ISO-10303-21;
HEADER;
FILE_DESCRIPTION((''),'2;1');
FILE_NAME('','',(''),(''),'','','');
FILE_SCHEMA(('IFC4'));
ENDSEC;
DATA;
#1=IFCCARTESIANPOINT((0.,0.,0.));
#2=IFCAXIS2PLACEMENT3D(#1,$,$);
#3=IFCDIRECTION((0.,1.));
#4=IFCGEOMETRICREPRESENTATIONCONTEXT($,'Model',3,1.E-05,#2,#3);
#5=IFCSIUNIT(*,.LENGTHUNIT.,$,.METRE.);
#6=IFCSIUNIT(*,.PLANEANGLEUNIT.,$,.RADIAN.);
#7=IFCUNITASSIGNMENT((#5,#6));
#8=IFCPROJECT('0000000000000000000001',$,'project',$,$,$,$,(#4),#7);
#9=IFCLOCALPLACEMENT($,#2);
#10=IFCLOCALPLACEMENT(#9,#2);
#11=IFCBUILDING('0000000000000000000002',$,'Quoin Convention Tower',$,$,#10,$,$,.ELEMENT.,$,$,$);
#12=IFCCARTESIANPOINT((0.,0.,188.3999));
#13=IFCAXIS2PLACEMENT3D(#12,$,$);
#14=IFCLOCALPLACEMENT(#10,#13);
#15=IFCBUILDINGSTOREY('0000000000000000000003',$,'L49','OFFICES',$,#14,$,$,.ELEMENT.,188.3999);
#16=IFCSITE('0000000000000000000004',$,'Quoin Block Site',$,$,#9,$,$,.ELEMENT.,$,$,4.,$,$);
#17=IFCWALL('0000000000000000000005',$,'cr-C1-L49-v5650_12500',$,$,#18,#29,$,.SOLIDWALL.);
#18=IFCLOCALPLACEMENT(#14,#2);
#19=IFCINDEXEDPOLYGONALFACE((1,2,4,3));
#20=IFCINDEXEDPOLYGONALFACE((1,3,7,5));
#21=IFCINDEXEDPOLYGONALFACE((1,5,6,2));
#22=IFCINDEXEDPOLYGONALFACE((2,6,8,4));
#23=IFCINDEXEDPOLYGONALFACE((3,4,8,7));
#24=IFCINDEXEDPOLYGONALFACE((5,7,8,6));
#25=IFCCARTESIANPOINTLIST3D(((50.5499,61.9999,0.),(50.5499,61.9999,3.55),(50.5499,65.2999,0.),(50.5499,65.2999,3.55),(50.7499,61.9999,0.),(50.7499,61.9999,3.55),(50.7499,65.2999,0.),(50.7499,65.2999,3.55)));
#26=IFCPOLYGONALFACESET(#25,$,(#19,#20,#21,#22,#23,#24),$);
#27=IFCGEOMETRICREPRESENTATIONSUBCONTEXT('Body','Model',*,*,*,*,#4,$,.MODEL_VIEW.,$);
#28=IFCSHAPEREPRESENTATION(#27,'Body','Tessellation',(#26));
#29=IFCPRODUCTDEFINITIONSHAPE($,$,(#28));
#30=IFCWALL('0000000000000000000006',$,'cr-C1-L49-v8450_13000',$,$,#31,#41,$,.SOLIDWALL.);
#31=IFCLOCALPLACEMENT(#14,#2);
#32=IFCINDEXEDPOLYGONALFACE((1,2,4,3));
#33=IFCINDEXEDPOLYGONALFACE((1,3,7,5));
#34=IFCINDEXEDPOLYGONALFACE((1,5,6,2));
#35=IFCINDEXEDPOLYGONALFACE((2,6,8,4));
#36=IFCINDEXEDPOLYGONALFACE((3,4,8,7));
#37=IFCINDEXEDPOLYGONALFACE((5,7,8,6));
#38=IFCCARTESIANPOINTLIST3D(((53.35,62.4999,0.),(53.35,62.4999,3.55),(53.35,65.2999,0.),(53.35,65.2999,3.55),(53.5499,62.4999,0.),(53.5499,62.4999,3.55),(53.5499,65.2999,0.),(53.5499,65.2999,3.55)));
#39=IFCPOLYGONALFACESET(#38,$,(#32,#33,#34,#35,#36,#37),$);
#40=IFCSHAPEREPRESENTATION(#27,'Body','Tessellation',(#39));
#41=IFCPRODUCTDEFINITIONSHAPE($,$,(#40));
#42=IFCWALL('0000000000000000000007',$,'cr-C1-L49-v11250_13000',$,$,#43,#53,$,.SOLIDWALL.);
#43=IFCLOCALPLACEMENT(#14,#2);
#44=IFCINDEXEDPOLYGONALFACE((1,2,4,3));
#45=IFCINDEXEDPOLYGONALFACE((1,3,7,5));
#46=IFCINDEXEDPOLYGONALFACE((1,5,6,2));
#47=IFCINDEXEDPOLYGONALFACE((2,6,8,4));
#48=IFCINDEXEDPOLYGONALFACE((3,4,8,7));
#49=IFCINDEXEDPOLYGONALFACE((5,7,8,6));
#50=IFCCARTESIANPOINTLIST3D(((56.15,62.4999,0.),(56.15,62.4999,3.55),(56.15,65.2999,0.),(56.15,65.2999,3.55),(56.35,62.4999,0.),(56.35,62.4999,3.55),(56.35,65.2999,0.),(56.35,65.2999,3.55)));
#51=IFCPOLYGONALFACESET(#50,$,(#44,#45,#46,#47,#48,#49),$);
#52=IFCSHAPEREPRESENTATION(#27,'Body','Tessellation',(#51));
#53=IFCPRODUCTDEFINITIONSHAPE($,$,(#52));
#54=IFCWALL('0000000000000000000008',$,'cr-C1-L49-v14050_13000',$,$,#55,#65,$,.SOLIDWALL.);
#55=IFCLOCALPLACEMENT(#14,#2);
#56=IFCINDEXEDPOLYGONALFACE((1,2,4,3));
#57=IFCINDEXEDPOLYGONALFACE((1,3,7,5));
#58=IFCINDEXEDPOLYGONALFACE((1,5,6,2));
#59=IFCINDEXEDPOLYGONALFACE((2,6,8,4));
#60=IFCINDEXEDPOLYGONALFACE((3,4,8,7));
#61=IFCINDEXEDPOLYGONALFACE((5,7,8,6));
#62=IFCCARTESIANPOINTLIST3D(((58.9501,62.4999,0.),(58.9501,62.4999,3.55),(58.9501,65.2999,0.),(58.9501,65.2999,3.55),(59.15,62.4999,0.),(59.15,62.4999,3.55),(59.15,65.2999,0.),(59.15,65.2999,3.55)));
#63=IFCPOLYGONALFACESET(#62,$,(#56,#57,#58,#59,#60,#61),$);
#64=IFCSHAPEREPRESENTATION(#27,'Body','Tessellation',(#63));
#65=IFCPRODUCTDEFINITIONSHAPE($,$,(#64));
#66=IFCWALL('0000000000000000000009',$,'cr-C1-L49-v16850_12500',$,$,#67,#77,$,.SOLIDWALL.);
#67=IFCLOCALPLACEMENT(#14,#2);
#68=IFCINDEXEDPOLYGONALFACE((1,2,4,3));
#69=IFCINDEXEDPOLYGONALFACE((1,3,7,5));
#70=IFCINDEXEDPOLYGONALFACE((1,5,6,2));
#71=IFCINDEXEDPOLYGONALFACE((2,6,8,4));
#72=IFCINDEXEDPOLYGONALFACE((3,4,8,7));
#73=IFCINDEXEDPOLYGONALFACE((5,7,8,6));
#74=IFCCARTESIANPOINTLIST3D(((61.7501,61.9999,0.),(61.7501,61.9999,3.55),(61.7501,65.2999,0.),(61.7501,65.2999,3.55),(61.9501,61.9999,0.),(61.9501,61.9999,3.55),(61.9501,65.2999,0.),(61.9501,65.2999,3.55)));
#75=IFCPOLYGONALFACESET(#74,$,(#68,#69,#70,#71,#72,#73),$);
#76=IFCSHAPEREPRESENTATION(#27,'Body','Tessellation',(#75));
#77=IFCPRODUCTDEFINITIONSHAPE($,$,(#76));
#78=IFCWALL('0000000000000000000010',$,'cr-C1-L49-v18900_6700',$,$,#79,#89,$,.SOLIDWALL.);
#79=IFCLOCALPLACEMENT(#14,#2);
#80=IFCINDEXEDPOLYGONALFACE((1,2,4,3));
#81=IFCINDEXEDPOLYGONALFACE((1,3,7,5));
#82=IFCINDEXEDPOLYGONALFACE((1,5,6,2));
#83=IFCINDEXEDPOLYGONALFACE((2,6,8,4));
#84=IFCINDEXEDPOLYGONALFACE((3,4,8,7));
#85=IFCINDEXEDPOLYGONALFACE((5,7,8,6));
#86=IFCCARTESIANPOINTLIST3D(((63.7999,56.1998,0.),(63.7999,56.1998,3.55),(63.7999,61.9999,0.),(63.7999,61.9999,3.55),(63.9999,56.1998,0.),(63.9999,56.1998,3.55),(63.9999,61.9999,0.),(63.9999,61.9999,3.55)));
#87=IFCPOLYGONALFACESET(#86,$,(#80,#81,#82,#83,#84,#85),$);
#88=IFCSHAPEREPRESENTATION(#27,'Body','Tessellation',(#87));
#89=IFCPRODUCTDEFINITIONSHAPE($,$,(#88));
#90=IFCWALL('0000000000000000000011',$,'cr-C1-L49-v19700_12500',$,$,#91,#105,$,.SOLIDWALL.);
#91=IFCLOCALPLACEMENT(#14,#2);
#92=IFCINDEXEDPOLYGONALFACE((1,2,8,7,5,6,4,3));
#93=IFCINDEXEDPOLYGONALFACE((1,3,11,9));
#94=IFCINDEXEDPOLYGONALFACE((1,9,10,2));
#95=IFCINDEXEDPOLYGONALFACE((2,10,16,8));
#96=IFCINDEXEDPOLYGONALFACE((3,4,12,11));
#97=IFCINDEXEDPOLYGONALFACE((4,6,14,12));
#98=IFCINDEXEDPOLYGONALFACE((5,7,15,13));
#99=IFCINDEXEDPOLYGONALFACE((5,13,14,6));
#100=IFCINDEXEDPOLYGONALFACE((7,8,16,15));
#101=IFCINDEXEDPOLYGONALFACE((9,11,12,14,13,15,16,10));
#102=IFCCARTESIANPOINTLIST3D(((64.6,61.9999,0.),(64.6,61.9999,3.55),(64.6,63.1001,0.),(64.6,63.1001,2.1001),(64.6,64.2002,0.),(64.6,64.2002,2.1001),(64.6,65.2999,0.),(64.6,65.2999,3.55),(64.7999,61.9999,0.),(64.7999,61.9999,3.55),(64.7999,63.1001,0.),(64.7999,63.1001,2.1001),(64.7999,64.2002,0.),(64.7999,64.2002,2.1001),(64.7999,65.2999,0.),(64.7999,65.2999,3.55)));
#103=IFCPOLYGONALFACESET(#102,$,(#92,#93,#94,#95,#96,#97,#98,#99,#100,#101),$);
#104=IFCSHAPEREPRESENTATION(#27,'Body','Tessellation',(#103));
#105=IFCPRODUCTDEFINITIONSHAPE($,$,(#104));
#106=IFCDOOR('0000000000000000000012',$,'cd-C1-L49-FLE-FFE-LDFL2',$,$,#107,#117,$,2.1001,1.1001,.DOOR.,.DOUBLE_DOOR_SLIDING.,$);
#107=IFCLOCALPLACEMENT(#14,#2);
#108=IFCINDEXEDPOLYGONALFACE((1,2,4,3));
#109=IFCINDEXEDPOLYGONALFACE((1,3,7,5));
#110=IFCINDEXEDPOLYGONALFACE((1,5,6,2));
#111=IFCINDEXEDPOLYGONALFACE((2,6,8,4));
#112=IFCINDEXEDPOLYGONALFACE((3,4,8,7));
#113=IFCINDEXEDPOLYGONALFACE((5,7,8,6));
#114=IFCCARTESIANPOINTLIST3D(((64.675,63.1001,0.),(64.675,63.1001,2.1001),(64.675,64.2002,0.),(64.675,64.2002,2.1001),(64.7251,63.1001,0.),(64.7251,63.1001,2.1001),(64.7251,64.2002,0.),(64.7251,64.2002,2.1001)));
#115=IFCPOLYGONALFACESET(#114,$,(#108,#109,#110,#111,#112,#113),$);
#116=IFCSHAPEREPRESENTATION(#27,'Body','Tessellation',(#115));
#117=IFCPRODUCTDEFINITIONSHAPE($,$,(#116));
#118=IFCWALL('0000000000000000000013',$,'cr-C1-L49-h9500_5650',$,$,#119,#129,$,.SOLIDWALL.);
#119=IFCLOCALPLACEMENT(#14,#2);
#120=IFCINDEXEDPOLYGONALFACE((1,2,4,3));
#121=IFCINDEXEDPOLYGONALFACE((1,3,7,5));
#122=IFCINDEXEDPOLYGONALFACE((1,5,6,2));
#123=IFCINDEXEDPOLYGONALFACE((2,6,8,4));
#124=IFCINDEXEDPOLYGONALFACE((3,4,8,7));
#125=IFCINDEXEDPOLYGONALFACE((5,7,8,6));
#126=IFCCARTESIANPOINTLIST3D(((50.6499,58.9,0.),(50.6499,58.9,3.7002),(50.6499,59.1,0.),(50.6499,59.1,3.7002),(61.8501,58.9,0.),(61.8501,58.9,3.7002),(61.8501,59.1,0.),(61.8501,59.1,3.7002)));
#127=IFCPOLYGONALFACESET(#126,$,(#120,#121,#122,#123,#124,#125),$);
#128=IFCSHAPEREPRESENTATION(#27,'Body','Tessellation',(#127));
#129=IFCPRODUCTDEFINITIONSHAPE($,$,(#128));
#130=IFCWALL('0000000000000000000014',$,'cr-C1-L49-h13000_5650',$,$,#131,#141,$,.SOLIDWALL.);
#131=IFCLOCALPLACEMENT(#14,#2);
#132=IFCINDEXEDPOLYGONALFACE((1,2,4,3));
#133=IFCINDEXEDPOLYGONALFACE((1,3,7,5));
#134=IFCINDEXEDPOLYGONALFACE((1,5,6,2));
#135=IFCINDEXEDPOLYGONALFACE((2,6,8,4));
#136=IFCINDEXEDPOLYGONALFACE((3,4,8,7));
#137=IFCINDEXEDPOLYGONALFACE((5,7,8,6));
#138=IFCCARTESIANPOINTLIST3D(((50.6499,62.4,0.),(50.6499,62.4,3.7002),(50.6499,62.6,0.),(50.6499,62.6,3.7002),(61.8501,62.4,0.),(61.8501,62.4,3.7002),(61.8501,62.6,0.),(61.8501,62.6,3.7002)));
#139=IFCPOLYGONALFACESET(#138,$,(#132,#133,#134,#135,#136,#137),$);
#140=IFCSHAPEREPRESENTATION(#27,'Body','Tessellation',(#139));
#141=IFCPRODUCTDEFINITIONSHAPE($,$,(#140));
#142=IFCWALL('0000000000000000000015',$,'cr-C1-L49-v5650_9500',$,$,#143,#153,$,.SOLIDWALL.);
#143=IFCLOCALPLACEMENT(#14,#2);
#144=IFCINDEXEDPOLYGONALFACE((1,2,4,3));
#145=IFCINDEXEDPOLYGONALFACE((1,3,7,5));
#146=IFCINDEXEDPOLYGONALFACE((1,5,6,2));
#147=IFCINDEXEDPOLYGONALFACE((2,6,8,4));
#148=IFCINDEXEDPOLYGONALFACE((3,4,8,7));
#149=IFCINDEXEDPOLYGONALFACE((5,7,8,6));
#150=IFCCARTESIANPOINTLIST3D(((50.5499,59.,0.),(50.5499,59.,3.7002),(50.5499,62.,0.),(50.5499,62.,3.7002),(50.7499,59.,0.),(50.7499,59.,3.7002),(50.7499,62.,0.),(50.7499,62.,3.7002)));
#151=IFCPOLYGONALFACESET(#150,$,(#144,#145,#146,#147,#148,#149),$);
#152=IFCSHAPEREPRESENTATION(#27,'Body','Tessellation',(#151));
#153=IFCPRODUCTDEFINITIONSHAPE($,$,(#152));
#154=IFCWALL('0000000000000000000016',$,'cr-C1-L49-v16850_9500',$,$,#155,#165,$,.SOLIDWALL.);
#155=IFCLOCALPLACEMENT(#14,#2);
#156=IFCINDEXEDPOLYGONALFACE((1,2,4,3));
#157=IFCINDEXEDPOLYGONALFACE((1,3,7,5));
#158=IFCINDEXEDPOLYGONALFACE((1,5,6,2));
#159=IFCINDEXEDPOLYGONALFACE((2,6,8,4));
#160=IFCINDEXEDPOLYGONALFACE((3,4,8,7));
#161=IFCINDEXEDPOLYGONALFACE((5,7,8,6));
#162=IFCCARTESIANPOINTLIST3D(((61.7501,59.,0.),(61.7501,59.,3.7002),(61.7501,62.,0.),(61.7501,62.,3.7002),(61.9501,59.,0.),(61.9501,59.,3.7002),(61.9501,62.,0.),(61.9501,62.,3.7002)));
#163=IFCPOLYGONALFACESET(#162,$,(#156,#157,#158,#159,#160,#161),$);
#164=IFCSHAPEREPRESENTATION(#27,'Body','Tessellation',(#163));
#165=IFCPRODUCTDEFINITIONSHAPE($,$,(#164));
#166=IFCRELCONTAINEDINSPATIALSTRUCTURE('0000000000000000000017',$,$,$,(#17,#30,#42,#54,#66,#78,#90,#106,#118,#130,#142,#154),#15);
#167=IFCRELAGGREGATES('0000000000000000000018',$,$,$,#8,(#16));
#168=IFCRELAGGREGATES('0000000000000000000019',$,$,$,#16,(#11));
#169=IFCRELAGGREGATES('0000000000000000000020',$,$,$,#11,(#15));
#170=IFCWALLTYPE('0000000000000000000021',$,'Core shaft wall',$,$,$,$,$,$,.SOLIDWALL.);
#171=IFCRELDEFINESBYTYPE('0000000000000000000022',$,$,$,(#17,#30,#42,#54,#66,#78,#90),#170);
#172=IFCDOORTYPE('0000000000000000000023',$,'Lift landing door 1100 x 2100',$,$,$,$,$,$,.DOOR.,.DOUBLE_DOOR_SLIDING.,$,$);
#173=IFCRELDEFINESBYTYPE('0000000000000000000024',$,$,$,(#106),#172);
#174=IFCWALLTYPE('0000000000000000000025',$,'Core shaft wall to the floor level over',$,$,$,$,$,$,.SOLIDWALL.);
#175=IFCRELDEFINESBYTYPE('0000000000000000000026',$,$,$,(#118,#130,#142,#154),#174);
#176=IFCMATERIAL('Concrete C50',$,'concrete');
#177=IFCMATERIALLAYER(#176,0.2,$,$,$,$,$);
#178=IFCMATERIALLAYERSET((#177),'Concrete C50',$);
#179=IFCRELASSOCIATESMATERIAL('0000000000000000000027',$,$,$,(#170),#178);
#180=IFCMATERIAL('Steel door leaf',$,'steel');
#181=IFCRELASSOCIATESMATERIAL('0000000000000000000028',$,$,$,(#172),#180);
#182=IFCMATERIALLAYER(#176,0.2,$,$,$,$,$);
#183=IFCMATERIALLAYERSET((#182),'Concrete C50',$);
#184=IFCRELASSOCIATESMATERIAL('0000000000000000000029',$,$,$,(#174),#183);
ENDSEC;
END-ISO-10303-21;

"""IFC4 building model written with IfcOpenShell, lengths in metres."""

from ifc_helpers import new_model, si_unit, direction, frame, frame_2d, origin, place, context, subcontext, project, spatial, rectangle, extrude, material, layer, layer_set, type_object, element, fill, save


model = new_model("IFC4")

# Units and contexts
model_context = context("Model", 3, precision=1e-05, world=origin(), true_north=direction((0.0, 1.0)))
body_context = subcontext(model_context, "Body", "Model", "MODEL_VIEW")
ifc_project = project(units=[si_unit("LENGTHUNIT", "METRE"), si_unit("PLANEANGLEUNIT", "RADIAN")], contexts=[model_context])

# Site, building, storey
site_placement = place(None, origin())
site = spatial("IfcSite", under=ifc_project, at=site_placement, Name="Quoin Block Site", CompositionType="ELEMENT", RefElevation=4.0)
building_placement = place(site_placement, origin())
building = spatial("IfcBuilding", under=site, at=building_placement, Name="Quoin Convention Tower", CompositionType="ELEMENT")
storey_placement = place(building_placement, frame((0.0, 0.0, 188.3999)))
storey = spatial("IfcBuildingStorey", under=building, at=storey_placement, Name="L49", Description="OFFICES", CompositionType="ELEMENT", Elevation=188.3999)

# Walls
ifc_material_1 = material(Name="Concrete C50", Category="concrete")
ifc_layer_1 = layer(ifc_material_1, 0.2)
ifc_layer_set_1 = layer_set([ifc_layer_1], Name="Concrete C50")
wall_type_1 = type_object("IfcWallType", Name="Core shaft wall", PredefinedType="SOLIDWALL", material=ifc_layer_set_1)
wall_1_placement = place(storey_placement, frame((50.6499, 62.0, 0.0), z_axis=(0.0, 0.0, 1.0), x_axis=(0.0, 1.0, 0.0)))
element("IfcWall", 1, at=wall_1_placement, inside=storey, type_object=wall_type_1, Name="cr-C1-L49-v5650_12500", PredefinedType="SOLIDWALL", context=body_context, shape_type="SweptSolid", body=[
    extrude(rectangle(XDim=3.3, YDim=0.2, at=frame_2d((1.6499, 0.0))), origin(), (0.0, 0.0, 1.0), 3.55),
])
for number, where, z_axis, x_axis, name in (
    (2, (53.45, 62.5, 0.0), (0.0, 0.0, 1.0), (0.0, 1.0, 0.0), "cr-C1-L49-v8450_13000"),
    (3, (56.25, 62.5, 0.0), (0.0, 0.0, 1.0), (0.0, 1.0, 0.0), "cr-C1-L49-v11250_13000"),
    (4, (59.05, 62.5, 0.0), (0.0, 0.0, 1.0), (0.0, 1.0, 0.0), "cr-C1-L49-v14050_13000"),
):
    element("IfcWall", number, at=place(storey_placement, frame(where, z_axis=z_axis, x_axis=x_axis)), inside=storey, type_object=wall_type_1, Name=name, PredefinedType="SOLIDWALL", context=body_context, shape_type="SweptSolid", body=[
        extrude(rectangle(XDim=2.8, YDim=0.2, at=frame_2d((1.3999, 0.0))), origin(), (0.0, 0.0, 1.0), 3.55),
    ])
wall_2_placement = place(storey_placement, frame((61.8501, 62.0, 0.0), z_axis=(0.0, 0.0, 1.0), x_axis=(0.0, 1.0, 0.0)))
element("IfcWall", 5, at=wall_2_placement, inside=storey, type_object=wall_type_1, Name="cr-C1-L49-v16850_12500", PredefinedType="SOLIDWALL", context=body_context, shape_type="SweptSolid", body=[
    extrude(rectangle(XDim=3.3, YDim=0.2, at=frame_2d((1.6499, 0.0))), origin(), (0.0, 0.0, 1.0), 3.55),
])
wall_3_placement = place(storey_placement, frame((63.8999, 56.2, 0.0), z_axis=(0.0, 0.0, 1.0), x_axis=(0.0, 1.0, 0.0)))
element("IfcWall", 6, at=wall_3_placement, inside=storey, type_object=wall_type_1, Name="cr-C1-L49-v18900_6700", PredefinedType="SOLIDWALL", context=body_context, shape_type="SweptSolid", body=[
    extrude(rectangle(XDim=5.8, YDim=0.2, at=frame_2d((2.8999, 0.0))), origin(), (0.0, 0.0, 1.0), 3.55),
])

# Wall, opening, door
wall_4_placement = place(storey_placement, frame((64.7, 62.0, 0.0), z_axis=(0.0, 0.0, 1.0), x_axis=(0.0, 1.0, 0.0)))
wall_4 = element("IfcWall", 7, at=wall_4_placement, inside=storey, type_object=wall_type_1, Name="cr-C1-L49-v19700_12500", PredefinedType="SOLIDWALL", context=body_context, shape_type="SweptSolid", body=[
    extrude(rectangle(XDim=3.3, YDim=0.2, at=frame_2d((1.6499, 0.0))), origin(), (0.0, 0.0, 1.0), 3.55),
])
opening_placement = place(wall_4_placement, frame((1.1001, 0.0, 0.0)))
opening = element("IfcOpeningElement", 8, at=opening_placement, cuts=wall_4, PredefinedType="OPENING", context=body_context, shape_type="SweptSolid", body=[
    extrude(rectangle(XDim=1.1001, YDim=2.1001, at=frame_2d((0.55, 1.05))), frame((0.0, 0.1099, 0.0), z_axis=(0.0, -1.0, 0.0), x_axis=(1.0, 0.0, 0.0)), (0.0, 0.0, 1.0), 0.22),
])
ifc_material_2 = material(Name="Steel door leaf", Category="steel")
door_type = type_object("IfcDoorType", Name="Lift landing door 1100 x 2100", OperationType="DOUBLE_DOOR_SLIDING", PredefinedType="DOOR", material=ifc_material_2)
door_placement = place(opening_placement, origin())
door = element("IfcDoor", 9, at=door_placement, inside=storey, type_object=door_type, Name="cd-C1-L49-FLE-FFE-LDFL2", OperationType="DOUBLE_DOOR_SLIDING", OverallHeight=2.1001, OverallWidth=1.1001, PredefinedType="DOOR", context=body_context, shape_type="SweptSolid", body=[
    extrude(rectangle(XDim=1.1001, YDim=2.1001, at=frame_2d((0.55, 1.05))), frame((0.0, 0.0249, 0.0), z_axis=(0.0, -1.0, 0.0), x_axis=(1.0, 0.0, 0.0)), (0.0, 0.0, 1.0), 0.05),
])
fill(opening, door)

# Walls
ifc_layer_2 = layer(ifc_material_1, 0.2)
ifc_layer_set_2 = layer_set([ifc_layer_2], Name="Concrete C50")
wall_type_2 = type_object("IfcWallType", Name="Core shaft wall to the floor level over", PredefinedType="SOLIDWALL", material=ifc_layer_set_2)
for number, where, z_axis, x_axis, name in (
    (10, (50.6499, 59.0, 0.0), (0.0, 0.0, 1.0), (1.0, 0.0, 0.0), "cr-C1-L49-h9500_5650"),
    (11, (50.6499, 62.5, 0.0), (0.0, 0.0, 1.0), (1.0, 0.0, 0.0), "cr-C1-L49-h13000_5650"),
):
    element("IfcWall", number, at=place(storey_placement, frame(where, z_axis=z_axis, x_axis=x_axis)), inside=storey, type_object=wall_type_2, Name=name, PredefinedType="SOLIDWALL", context=body_context, shape_type="SweptSolid", body=[
        extrude(rectangle(XDim=11.2002, YDim=0.2, at=frame_2d((5.6001, 0.0))), origin(), (0.0, 0.0, 1.0), 3.7002),
    ])
for number, where, z_axis, x_axis, name in (
    (12, (50.6499, 59.0, 0.0), (0.0, 0.0, 1.0), (0.0, 1.0, 0.0), "cr-C1-L49-v5650_9500"),
    (13, (61.8501, 59.0, 0.0), (0.0, 0.0, 1.0), (0.0, 1.0, 0.0), "cr-C1-L49-v16850_9500"),
):
    element("IfcWall", number, at=place(storey_placement, frame(where, z_axis=z_axis, x_axis=x_axis)), inside=storey, type_object=wall_type_2, Name=name, PredefinedType="SOLIDWALL", context=body_context, shape_type="SweptSolid", body=[
        extrude(rectangle(XDim=3.0, YDim=0.2, at=frame_2d((1.5, 0.0))), origin(), (0.0, 0.0, 1.0), 3.7002),
    ])

save(model, "model.ifc")
